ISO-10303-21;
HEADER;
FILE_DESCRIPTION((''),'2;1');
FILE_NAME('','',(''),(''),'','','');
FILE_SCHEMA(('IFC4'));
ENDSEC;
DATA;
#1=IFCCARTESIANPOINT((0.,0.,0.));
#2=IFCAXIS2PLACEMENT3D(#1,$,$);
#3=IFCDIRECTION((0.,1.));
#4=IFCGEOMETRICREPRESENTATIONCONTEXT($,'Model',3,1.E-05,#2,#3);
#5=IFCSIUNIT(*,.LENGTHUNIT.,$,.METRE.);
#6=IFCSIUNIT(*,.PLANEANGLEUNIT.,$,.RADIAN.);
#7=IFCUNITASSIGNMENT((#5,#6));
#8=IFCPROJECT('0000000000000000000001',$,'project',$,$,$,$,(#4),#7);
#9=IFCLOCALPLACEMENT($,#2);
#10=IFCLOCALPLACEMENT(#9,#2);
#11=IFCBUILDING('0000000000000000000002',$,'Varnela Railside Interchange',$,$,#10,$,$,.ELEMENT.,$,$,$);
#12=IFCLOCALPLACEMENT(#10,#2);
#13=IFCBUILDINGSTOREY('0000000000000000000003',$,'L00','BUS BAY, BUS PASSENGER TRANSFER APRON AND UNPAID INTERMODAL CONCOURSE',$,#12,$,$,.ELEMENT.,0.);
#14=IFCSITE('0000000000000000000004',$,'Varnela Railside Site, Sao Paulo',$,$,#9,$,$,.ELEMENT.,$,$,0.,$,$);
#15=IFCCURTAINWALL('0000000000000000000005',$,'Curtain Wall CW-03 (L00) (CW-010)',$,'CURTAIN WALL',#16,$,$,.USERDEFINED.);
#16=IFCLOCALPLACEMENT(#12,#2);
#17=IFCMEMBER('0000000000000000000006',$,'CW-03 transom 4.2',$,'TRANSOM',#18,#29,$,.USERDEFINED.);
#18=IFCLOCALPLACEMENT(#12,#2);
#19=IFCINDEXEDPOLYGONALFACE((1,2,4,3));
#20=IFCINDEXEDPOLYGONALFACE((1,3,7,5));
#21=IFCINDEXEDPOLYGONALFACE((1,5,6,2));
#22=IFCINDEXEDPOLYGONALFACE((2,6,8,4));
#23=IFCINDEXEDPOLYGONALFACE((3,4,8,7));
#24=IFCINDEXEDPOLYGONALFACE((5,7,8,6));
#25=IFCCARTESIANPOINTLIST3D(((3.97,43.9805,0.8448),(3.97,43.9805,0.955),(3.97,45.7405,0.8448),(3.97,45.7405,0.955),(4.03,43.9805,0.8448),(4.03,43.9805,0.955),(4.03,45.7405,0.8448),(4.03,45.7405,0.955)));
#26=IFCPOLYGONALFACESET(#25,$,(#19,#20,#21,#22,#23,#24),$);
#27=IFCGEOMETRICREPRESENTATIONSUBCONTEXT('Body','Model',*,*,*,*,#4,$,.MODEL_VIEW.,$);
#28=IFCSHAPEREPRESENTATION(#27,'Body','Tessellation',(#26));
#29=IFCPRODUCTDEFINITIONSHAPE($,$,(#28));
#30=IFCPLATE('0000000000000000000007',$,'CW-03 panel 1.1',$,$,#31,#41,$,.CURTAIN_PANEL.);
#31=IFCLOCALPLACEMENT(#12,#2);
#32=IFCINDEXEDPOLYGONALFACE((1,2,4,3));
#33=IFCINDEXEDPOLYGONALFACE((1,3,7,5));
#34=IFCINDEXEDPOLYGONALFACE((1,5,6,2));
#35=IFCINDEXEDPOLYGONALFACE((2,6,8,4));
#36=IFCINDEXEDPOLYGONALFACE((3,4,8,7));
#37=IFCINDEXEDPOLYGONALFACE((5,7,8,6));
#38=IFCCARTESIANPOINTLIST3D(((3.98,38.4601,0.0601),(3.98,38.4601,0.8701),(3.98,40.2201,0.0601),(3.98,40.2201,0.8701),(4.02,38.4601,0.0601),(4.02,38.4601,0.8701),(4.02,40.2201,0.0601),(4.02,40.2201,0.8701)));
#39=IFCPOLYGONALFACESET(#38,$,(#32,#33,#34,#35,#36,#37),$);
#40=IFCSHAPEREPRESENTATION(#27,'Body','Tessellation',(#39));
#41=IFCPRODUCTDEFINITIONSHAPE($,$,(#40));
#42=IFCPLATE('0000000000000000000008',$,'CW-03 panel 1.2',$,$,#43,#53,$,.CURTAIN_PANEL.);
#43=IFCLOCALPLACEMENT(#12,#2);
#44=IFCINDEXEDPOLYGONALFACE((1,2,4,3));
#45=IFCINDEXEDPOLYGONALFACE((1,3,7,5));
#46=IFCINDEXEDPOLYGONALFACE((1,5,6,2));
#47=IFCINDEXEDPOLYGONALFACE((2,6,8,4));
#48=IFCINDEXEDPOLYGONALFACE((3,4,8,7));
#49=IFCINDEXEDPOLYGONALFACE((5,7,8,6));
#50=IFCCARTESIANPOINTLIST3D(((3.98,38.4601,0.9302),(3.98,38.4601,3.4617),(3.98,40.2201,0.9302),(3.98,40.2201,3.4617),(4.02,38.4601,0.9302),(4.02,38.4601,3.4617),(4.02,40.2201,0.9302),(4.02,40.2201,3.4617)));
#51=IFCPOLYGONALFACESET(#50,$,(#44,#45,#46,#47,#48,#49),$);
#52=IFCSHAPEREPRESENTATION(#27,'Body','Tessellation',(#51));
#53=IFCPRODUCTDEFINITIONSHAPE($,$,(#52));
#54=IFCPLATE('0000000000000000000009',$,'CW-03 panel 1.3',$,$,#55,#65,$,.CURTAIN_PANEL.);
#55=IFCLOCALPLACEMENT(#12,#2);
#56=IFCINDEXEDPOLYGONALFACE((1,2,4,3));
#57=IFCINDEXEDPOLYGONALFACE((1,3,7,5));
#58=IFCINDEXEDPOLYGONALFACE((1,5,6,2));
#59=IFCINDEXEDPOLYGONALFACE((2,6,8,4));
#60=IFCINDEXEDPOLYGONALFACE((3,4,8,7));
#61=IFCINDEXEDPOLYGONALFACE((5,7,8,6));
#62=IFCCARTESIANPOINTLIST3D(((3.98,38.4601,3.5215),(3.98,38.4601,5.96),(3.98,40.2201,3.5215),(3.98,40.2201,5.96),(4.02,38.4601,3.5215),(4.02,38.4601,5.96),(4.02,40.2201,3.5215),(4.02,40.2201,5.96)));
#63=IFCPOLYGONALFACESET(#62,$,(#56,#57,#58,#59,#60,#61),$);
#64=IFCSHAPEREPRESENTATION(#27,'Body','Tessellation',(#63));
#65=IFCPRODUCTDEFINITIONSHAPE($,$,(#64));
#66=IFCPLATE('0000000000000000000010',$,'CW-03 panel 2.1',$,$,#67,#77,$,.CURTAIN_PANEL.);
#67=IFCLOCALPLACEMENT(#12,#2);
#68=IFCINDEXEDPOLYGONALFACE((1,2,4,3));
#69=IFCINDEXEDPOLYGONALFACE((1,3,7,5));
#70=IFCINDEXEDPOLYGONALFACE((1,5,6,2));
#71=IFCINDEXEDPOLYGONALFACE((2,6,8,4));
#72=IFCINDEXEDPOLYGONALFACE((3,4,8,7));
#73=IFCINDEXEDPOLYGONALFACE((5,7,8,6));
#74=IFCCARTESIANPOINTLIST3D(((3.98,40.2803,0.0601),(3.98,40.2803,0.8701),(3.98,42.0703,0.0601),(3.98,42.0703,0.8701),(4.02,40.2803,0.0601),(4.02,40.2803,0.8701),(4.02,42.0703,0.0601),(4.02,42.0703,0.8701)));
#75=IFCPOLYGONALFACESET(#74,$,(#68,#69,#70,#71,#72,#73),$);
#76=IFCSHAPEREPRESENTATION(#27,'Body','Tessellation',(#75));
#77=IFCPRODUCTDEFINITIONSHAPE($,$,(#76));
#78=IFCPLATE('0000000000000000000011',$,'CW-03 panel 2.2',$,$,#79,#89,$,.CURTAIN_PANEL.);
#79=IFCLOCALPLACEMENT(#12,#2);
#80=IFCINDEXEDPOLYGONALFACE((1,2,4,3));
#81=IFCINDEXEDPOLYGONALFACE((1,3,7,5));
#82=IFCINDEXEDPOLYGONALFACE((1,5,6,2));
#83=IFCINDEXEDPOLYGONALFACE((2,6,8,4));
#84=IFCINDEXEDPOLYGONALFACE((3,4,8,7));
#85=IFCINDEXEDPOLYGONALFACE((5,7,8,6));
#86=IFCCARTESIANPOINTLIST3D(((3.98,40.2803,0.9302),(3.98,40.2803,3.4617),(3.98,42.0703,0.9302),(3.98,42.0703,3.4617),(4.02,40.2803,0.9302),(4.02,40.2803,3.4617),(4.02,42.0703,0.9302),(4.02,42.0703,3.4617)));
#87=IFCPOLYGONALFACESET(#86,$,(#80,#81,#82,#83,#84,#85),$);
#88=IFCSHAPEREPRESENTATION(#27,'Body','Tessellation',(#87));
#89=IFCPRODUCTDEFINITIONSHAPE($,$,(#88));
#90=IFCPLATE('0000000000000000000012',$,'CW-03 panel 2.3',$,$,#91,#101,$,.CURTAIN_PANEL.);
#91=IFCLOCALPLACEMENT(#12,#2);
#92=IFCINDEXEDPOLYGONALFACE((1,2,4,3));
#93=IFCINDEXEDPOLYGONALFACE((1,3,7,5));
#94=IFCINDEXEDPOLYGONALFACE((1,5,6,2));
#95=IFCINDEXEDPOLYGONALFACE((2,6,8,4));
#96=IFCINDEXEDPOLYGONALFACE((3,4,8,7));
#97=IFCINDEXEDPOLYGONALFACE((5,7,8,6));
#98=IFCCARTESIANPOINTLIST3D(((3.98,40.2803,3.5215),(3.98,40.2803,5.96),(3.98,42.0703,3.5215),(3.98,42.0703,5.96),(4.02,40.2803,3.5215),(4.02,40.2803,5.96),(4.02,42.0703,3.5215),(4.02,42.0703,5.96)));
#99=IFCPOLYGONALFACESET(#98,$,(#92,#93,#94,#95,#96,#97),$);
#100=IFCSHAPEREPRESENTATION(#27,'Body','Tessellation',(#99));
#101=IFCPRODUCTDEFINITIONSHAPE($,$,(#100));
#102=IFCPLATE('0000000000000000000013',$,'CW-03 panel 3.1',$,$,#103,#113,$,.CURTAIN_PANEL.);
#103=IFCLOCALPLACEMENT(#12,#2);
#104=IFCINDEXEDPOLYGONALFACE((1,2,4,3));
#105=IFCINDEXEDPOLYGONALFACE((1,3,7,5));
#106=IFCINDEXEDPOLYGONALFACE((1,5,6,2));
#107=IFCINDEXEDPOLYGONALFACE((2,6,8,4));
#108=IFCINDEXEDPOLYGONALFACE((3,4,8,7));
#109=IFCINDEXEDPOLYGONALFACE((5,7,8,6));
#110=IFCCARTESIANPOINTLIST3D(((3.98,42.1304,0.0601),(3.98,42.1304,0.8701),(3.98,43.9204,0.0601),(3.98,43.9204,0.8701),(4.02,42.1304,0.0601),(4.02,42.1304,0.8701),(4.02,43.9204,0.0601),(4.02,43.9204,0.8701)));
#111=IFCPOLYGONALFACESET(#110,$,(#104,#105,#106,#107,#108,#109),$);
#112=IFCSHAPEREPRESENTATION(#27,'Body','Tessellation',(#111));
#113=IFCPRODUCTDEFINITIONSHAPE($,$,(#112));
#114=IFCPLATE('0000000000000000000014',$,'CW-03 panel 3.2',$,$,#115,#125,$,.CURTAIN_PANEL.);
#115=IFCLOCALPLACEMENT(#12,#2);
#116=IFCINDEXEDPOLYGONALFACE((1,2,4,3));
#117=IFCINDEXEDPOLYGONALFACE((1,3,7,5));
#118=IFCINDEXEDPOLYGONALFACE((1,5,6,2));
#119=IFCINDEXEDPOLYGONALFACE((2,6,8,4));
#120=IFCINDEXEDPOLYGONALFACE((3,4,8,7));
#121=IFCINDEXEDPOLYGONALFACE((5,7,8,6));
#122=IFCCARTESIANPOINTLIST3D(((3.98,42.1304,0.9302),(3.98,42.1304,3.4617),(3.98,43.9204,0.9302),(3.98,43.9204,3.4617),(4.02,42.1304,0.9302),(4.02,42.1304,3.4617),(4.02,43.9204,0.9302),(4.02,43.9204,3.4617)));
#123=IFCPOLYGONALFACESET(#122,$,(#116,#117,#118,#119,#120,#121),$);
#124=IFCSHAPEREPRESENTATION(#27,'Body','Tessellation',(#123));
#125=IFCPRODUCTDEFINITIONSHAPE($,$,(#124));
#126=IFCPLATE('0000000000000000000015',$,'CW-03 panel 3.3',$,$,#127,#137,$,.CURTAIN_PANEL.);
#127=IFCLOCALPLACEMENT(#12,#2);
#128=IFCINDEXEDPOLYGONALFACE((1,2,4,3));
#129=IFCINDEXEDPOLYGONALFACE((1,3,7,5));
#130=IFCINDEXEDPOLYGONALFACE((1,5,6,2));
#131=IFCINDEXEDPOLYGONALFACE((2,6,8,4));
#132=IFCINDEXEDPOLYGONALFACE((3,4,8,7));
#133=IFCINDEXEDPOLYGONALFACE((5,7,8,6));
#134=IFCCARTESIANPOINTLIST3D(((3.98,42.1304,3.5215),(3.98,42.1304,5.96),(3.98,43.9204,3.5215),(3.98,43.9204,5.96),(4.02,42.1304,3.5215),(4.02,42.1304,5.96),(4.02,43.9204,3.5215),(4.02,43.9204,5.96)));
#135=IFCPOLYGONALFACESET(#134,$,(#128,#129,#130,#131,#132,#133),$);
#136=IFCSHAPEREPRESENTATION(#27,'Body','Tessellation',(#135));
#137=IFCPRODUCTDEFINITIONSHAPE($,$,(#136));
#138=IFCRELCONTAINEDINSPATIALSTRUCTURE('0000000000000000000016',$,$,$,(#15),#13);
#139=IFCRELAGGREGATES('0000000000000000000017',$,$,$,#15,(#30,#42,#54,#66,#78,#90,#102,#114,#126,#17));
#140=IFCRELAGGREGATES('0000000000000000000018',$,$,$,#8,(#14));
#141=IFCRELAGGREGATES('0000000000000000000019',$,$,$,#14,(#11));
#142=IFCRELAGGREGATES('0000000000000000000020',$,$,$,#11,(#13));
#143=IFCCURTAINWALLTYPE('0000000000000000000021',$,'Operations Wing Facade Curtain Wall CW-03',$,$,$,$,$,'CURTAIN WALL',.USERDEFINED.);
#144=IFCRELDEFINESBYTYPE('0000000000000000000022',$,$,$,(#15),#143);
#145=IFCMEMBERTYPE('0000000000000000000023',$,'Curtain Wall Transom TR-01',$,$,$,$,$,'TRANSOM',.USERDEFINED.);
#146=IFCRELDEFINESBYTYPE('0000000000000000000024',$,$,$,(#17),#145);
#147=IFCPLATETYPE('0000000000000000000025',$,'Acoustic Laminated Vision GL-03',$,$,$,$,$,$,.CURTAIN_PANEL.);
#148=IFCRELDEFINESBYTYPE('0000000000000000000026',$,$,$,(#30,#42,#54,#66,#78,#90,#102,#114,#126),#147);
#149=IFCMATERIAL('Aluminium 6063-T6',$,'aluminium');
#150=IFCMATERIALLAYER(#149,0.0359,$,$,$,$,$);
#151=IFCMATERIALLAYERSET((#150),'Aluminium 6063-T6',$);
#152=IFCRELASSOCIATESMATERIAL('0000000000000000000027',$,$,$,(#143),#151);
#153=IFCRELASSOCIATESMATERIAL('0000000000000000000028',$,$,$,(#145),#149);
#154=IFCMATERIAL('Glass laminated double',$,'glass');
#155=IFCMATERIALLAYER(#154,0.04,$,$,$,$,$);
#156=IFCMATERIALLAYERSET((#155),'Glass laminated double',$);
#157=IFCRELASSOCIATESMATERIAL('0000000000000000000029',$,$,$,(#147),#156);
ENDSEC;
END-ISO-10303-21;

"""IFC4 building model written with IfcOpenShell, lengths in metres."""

from ifc_helpers import new_model, si_unit, direction, frame, origin, origin_2d, place, context, subcontext, project, spatial, rectangle, extrude, material, layer, layer_set, material_profile, profile_set, type_object, element, aggregate, save


model = new_model("IFC4")

# Units and contexts
model_context = context("Model", 3, precision=1e-05, world=origin(), true_north=direction((0.0, 1.0)))
body_context = subcontext(model_context, "Body", "Model", "MODEL_VIEW")
ifc_project = project(units=[si_unit("LENGTHUNIT", "METRE"), si_unit("PLANEANGLEUNIT", "RADIAN")], contexts=[model_context])

# Site, building, storey
site_placement = place(None, origin())
site = spatial("IfcSite", under=ifc_project, at=site_placement, Name="Varnela Railside Site, Sao Paulo", CompositionType="ELEMENT", RefElevation=0.0)
building_placement = place(site_placement, origin())
building = spatial("IfcBuilding", under=site, at=building_placement, Name="Varnela Railside Interchange", CompositionType="ELEMENT")
storey_placement = place(building_placement, origin())
storey = spatial("IfcBuildingStorey", under=building, at=storey_placement, Name="L00", Description="BUS BAY, BUS PASSENGER TRANSFER APRON AND UNPAID INTERMODAL CONCOURSE", CompositionType="ELEMENT", Elevation=0.0)

# Curtain wall, member, plates
ifc_material_1 = material(Name="Aluminium 6063-T6", Category="aluminium")
ifc_layer_1 = layer(ifc_material_1, 0.0359)
ifc_layer_set_1 = layer_set([ifc_layer_1], Name="Aluminium 6063-T6")
curtain_wall_type = type_object("IfcCurtainWallType", Name="Operations Wing Facade Curtain Wall CW-03", ElementType="CURTAIN WALL", PredefinedType="USERDEFINED", material=ifc_layer_set_1)
curtain_wall_placement = place(storey_placement, origin())
curtain_wall = element("IfcCurtainWall", 1, at=curtain_wall_placement, inside=storey, type_object=curtain_wall_type, Name="Curtain Wall CW-03 (L00) (CW-010)", ObjectType="CURTAIN WALL", PredefinedType="USERDEFINED")
ifc_material_profile_1 = material_profile(ifc_material_1, rectangle(XDim=0.0601, YDim=0.1101, at=origin_2d()), Name="ALU 60x110")
ifc_profile_set_1 = profile_set([ifc_material_profile_1], Name="Aluminium 6063-T6")
member_type_1 = type_object("IfcMemberType", Name="Curtain Wall Transom TR-01", ElementType="TRANSOM", PredefinedType="USERDEFINED", material=ifc_profile_set_1)
member_1_placement = place(storey_placement, frame((4.0, 43.9805, 0.8999), z_axis=(0.0, 1.0, 0.0), x_axis=(-1.0, 0.0, 0.0)))
member_1 = element("IfcMember", 2, at=member_1_placement, type_object=member_type_1, Name="CW-03 transom 4.2", ObjectType="TRANSOM", PredefinedType="USERDEFINED", context=body_context, shape_type="SweptSolid", body=[
    extrude(rectangle(XDim=0.0601, YDim=0.1101, at=origin_2d()), origin(), (0.0, 0.0, 1.0), 1.76),
])
ifc_material_2 = material(Name="Glass laminated double", Category="glass")
ifc_layer_2 = layer(ifc_material_2, 0.04)
ifc_layer_set_2 = layer_set([ifc_layer_2], Name="Glass laminated double")
plate_type = type_object("IfcPlateType", Name="Acoustic Laminated Vision GL-03", PredefinedType="CURTAIN_PANEL", material=ifc_layer_set_2)
plate_1_placement = place(storey_placement, frame((4.0, 39.3401, 0.0601), z_axis=(0.0, 0.0, 1.0), x_axis=(0.0, 1.0, 0.0)))
plate_1 = element("IfcPlate", 3, at=plate_1_placement, type_object=plate_type, Name="CW-03 panel 1.1", PredefinedType="CURTAIN_PANEL", context=body_context, shape_type="SweptSolid", body=[
    extrude(rectangle(XDim=1.76, YDim=0.04, at=origin_2d()), origin(), (0.0, 0.0, 1.0), 0.8101),
])
plate_2_placement = place(storey_placement, frame((4.0, 39.3401, 0.9302), z_axis=(0.0, 0.0, 1.0), x_axis=(0.0, 1.0, 0.0)))
plate_2 = element("IfcPlate", 4, at=plate_2_placement, type_object=plate_type, Name="CW-03 panel 1.2", PredefinedType="CURTAIN_PANEL", context=body_context, shape_type="SweptSolid", body=[
    extrude(rectangle(XDim=1.76, YDim=0.04, at=origin_2d()), origin(), (0.0, 0.0, 1.0), 2.5315),
])
plate_3_placement = place(storey_placement, frame((4.0, 39.3401, 3.5215), z_axis=(0.0, 0.0, 1.0), x_axis=(0.0, 1.0, 0.0)))
plate_3 = element("IfcPlate", 5, at=plate_3_placement, type_object=plate_type, Name="CW-03 panel 1.3", PredefinedType="CURTAIN_PANEL", context=body_context, shape_type="SweptSolid", body=[
    extrude(rectangle(XDim=1.76, YDim=0.04, at=origin_2d()), origin(), (0.0, 0.0, 1.0), 2.4385),
])
plate_4_placement = place(storey_placement, frame((4.0, 41.1753, 0.0601), z_axis=(0.0, 0.0, 1.0), x_axis=(0.0, 1.0, 0.0)))
plate_4 = element("IfcPlate", 6, at=plate_4_placement, type_object=plate_type, Name="CW-03 panel 2.1", PredefinedType="CURTAIN_PANEL", context=body_context, shape_type="SweptSolid", body=[
    extrude(rectangle(XDim=1.79, YDim=0.04, at=origin_2d()), origin(), (0.0, 0.0, 1.0), 0.8101),
])
plate_5_placement = place(storey_placement, frame((4.0, 41.1753, 0.9302), z_axis=(0.0, 0.0, 1.0), x_axis=(0.0, 1.0, 0.0)))
plate_5 = element("IfcPlate", 7, at=plate_5_placement, type_object=plate_type, Name="CW-03 panel 2.2", PredefinedType="CURTAIN_PANEL", context=body_context, shape_type="SweptSolid", body=[
    extrude(rectangle(XDim=1.79, YDim=0.04, at=origin_2d()), origin(), (0.0, 0.0, 1.0), 2.5315),
])
plate_6_placement = place(storey_placement, frame((4.0, 41.1753, 3.5215), z_axis=(0.0, 0.0, 1.0), x_axis=(0.0, 1.0, 0.0)))
plate_6 = element("IfcPlate", 8, at=plate_6_placement, type_object=plate_type, Name="CW-03 panel 2.3", PredefinedType="CURTAIN_PANEL", context=body_context, shape_type="SweptSolid", body=[
    extrude(rectangle(XDim=1.79, YDim=0.04, at=origin_2d()), origin(), (0.0, 0.0, 1.0), 2.4385),
])
plate_7_placement = place(storey_placement, frame((4.0, 43.0254, 0.0601), z_axis=(0.0, 0.0, 1.0), x_axis=(0.0, 1.0, 0.0)))
plate_7 = element("IfcPlate", 9, at=plate_7_placement, type_object=plate_type, Name="CW-03 panel 3.1", PredefinedType="CURTAIN_PANEL", context=body_context, shape_type="SweptSolid", body=[
    extrude(rectangle(XDim=1.79, YDim=0.04, at=origin_2d()), origin(), (0.0, 0.0, 1.0), 0.8101),
])
plate_8_placement = place(storey_placement, frame((4.0, 43.0254, 0.9302), z_axis=(0.0, 0.0, 1.0), x_axis=(0.0, 1.0, 0.0)))
plate_8 = element("IfcPlate", 10, at=plate_8_placement, type_object=plate_type, Name="CW-03 panel 3.2", PredefinedType="CURTAIN_PANEL", context=body_context, shape_type="SweptSolid", body=[
    extrude(rectangle(XDim=1.79, YDim=0.04, at=origin_2d()), origin(), (0.0, 0.0, 1.0), 2.5315),
])
plate_9_placement = place(storey_placement, frame((4.0, 43.0254, 3.5215), z_axis=(0.0, 0.0, 1.0), x_axis=(0.0, 1.0, 0.0)))
plate_9 = element("IfcPlate", 11, at=plate_9_placement, type_object=plate_type, Name="CW-03 panel 3.3", PredefinedType="CURTAIN_PANEL", context=body_context, shape_type="SweptSolid", body=[
    extrude(rectangle(XDim=1.79, YDim=0.04, at=origin_2d()), origin(), (0.0, 0.0, 1.0), 2.4385),
])
aggregate(curtain_wall, [plate_1, plate_2, plate_3, plate_4, plate_5, plate_6, plate_7, plate_8, plate_9, member_1])

save(model, "model.ifc")
